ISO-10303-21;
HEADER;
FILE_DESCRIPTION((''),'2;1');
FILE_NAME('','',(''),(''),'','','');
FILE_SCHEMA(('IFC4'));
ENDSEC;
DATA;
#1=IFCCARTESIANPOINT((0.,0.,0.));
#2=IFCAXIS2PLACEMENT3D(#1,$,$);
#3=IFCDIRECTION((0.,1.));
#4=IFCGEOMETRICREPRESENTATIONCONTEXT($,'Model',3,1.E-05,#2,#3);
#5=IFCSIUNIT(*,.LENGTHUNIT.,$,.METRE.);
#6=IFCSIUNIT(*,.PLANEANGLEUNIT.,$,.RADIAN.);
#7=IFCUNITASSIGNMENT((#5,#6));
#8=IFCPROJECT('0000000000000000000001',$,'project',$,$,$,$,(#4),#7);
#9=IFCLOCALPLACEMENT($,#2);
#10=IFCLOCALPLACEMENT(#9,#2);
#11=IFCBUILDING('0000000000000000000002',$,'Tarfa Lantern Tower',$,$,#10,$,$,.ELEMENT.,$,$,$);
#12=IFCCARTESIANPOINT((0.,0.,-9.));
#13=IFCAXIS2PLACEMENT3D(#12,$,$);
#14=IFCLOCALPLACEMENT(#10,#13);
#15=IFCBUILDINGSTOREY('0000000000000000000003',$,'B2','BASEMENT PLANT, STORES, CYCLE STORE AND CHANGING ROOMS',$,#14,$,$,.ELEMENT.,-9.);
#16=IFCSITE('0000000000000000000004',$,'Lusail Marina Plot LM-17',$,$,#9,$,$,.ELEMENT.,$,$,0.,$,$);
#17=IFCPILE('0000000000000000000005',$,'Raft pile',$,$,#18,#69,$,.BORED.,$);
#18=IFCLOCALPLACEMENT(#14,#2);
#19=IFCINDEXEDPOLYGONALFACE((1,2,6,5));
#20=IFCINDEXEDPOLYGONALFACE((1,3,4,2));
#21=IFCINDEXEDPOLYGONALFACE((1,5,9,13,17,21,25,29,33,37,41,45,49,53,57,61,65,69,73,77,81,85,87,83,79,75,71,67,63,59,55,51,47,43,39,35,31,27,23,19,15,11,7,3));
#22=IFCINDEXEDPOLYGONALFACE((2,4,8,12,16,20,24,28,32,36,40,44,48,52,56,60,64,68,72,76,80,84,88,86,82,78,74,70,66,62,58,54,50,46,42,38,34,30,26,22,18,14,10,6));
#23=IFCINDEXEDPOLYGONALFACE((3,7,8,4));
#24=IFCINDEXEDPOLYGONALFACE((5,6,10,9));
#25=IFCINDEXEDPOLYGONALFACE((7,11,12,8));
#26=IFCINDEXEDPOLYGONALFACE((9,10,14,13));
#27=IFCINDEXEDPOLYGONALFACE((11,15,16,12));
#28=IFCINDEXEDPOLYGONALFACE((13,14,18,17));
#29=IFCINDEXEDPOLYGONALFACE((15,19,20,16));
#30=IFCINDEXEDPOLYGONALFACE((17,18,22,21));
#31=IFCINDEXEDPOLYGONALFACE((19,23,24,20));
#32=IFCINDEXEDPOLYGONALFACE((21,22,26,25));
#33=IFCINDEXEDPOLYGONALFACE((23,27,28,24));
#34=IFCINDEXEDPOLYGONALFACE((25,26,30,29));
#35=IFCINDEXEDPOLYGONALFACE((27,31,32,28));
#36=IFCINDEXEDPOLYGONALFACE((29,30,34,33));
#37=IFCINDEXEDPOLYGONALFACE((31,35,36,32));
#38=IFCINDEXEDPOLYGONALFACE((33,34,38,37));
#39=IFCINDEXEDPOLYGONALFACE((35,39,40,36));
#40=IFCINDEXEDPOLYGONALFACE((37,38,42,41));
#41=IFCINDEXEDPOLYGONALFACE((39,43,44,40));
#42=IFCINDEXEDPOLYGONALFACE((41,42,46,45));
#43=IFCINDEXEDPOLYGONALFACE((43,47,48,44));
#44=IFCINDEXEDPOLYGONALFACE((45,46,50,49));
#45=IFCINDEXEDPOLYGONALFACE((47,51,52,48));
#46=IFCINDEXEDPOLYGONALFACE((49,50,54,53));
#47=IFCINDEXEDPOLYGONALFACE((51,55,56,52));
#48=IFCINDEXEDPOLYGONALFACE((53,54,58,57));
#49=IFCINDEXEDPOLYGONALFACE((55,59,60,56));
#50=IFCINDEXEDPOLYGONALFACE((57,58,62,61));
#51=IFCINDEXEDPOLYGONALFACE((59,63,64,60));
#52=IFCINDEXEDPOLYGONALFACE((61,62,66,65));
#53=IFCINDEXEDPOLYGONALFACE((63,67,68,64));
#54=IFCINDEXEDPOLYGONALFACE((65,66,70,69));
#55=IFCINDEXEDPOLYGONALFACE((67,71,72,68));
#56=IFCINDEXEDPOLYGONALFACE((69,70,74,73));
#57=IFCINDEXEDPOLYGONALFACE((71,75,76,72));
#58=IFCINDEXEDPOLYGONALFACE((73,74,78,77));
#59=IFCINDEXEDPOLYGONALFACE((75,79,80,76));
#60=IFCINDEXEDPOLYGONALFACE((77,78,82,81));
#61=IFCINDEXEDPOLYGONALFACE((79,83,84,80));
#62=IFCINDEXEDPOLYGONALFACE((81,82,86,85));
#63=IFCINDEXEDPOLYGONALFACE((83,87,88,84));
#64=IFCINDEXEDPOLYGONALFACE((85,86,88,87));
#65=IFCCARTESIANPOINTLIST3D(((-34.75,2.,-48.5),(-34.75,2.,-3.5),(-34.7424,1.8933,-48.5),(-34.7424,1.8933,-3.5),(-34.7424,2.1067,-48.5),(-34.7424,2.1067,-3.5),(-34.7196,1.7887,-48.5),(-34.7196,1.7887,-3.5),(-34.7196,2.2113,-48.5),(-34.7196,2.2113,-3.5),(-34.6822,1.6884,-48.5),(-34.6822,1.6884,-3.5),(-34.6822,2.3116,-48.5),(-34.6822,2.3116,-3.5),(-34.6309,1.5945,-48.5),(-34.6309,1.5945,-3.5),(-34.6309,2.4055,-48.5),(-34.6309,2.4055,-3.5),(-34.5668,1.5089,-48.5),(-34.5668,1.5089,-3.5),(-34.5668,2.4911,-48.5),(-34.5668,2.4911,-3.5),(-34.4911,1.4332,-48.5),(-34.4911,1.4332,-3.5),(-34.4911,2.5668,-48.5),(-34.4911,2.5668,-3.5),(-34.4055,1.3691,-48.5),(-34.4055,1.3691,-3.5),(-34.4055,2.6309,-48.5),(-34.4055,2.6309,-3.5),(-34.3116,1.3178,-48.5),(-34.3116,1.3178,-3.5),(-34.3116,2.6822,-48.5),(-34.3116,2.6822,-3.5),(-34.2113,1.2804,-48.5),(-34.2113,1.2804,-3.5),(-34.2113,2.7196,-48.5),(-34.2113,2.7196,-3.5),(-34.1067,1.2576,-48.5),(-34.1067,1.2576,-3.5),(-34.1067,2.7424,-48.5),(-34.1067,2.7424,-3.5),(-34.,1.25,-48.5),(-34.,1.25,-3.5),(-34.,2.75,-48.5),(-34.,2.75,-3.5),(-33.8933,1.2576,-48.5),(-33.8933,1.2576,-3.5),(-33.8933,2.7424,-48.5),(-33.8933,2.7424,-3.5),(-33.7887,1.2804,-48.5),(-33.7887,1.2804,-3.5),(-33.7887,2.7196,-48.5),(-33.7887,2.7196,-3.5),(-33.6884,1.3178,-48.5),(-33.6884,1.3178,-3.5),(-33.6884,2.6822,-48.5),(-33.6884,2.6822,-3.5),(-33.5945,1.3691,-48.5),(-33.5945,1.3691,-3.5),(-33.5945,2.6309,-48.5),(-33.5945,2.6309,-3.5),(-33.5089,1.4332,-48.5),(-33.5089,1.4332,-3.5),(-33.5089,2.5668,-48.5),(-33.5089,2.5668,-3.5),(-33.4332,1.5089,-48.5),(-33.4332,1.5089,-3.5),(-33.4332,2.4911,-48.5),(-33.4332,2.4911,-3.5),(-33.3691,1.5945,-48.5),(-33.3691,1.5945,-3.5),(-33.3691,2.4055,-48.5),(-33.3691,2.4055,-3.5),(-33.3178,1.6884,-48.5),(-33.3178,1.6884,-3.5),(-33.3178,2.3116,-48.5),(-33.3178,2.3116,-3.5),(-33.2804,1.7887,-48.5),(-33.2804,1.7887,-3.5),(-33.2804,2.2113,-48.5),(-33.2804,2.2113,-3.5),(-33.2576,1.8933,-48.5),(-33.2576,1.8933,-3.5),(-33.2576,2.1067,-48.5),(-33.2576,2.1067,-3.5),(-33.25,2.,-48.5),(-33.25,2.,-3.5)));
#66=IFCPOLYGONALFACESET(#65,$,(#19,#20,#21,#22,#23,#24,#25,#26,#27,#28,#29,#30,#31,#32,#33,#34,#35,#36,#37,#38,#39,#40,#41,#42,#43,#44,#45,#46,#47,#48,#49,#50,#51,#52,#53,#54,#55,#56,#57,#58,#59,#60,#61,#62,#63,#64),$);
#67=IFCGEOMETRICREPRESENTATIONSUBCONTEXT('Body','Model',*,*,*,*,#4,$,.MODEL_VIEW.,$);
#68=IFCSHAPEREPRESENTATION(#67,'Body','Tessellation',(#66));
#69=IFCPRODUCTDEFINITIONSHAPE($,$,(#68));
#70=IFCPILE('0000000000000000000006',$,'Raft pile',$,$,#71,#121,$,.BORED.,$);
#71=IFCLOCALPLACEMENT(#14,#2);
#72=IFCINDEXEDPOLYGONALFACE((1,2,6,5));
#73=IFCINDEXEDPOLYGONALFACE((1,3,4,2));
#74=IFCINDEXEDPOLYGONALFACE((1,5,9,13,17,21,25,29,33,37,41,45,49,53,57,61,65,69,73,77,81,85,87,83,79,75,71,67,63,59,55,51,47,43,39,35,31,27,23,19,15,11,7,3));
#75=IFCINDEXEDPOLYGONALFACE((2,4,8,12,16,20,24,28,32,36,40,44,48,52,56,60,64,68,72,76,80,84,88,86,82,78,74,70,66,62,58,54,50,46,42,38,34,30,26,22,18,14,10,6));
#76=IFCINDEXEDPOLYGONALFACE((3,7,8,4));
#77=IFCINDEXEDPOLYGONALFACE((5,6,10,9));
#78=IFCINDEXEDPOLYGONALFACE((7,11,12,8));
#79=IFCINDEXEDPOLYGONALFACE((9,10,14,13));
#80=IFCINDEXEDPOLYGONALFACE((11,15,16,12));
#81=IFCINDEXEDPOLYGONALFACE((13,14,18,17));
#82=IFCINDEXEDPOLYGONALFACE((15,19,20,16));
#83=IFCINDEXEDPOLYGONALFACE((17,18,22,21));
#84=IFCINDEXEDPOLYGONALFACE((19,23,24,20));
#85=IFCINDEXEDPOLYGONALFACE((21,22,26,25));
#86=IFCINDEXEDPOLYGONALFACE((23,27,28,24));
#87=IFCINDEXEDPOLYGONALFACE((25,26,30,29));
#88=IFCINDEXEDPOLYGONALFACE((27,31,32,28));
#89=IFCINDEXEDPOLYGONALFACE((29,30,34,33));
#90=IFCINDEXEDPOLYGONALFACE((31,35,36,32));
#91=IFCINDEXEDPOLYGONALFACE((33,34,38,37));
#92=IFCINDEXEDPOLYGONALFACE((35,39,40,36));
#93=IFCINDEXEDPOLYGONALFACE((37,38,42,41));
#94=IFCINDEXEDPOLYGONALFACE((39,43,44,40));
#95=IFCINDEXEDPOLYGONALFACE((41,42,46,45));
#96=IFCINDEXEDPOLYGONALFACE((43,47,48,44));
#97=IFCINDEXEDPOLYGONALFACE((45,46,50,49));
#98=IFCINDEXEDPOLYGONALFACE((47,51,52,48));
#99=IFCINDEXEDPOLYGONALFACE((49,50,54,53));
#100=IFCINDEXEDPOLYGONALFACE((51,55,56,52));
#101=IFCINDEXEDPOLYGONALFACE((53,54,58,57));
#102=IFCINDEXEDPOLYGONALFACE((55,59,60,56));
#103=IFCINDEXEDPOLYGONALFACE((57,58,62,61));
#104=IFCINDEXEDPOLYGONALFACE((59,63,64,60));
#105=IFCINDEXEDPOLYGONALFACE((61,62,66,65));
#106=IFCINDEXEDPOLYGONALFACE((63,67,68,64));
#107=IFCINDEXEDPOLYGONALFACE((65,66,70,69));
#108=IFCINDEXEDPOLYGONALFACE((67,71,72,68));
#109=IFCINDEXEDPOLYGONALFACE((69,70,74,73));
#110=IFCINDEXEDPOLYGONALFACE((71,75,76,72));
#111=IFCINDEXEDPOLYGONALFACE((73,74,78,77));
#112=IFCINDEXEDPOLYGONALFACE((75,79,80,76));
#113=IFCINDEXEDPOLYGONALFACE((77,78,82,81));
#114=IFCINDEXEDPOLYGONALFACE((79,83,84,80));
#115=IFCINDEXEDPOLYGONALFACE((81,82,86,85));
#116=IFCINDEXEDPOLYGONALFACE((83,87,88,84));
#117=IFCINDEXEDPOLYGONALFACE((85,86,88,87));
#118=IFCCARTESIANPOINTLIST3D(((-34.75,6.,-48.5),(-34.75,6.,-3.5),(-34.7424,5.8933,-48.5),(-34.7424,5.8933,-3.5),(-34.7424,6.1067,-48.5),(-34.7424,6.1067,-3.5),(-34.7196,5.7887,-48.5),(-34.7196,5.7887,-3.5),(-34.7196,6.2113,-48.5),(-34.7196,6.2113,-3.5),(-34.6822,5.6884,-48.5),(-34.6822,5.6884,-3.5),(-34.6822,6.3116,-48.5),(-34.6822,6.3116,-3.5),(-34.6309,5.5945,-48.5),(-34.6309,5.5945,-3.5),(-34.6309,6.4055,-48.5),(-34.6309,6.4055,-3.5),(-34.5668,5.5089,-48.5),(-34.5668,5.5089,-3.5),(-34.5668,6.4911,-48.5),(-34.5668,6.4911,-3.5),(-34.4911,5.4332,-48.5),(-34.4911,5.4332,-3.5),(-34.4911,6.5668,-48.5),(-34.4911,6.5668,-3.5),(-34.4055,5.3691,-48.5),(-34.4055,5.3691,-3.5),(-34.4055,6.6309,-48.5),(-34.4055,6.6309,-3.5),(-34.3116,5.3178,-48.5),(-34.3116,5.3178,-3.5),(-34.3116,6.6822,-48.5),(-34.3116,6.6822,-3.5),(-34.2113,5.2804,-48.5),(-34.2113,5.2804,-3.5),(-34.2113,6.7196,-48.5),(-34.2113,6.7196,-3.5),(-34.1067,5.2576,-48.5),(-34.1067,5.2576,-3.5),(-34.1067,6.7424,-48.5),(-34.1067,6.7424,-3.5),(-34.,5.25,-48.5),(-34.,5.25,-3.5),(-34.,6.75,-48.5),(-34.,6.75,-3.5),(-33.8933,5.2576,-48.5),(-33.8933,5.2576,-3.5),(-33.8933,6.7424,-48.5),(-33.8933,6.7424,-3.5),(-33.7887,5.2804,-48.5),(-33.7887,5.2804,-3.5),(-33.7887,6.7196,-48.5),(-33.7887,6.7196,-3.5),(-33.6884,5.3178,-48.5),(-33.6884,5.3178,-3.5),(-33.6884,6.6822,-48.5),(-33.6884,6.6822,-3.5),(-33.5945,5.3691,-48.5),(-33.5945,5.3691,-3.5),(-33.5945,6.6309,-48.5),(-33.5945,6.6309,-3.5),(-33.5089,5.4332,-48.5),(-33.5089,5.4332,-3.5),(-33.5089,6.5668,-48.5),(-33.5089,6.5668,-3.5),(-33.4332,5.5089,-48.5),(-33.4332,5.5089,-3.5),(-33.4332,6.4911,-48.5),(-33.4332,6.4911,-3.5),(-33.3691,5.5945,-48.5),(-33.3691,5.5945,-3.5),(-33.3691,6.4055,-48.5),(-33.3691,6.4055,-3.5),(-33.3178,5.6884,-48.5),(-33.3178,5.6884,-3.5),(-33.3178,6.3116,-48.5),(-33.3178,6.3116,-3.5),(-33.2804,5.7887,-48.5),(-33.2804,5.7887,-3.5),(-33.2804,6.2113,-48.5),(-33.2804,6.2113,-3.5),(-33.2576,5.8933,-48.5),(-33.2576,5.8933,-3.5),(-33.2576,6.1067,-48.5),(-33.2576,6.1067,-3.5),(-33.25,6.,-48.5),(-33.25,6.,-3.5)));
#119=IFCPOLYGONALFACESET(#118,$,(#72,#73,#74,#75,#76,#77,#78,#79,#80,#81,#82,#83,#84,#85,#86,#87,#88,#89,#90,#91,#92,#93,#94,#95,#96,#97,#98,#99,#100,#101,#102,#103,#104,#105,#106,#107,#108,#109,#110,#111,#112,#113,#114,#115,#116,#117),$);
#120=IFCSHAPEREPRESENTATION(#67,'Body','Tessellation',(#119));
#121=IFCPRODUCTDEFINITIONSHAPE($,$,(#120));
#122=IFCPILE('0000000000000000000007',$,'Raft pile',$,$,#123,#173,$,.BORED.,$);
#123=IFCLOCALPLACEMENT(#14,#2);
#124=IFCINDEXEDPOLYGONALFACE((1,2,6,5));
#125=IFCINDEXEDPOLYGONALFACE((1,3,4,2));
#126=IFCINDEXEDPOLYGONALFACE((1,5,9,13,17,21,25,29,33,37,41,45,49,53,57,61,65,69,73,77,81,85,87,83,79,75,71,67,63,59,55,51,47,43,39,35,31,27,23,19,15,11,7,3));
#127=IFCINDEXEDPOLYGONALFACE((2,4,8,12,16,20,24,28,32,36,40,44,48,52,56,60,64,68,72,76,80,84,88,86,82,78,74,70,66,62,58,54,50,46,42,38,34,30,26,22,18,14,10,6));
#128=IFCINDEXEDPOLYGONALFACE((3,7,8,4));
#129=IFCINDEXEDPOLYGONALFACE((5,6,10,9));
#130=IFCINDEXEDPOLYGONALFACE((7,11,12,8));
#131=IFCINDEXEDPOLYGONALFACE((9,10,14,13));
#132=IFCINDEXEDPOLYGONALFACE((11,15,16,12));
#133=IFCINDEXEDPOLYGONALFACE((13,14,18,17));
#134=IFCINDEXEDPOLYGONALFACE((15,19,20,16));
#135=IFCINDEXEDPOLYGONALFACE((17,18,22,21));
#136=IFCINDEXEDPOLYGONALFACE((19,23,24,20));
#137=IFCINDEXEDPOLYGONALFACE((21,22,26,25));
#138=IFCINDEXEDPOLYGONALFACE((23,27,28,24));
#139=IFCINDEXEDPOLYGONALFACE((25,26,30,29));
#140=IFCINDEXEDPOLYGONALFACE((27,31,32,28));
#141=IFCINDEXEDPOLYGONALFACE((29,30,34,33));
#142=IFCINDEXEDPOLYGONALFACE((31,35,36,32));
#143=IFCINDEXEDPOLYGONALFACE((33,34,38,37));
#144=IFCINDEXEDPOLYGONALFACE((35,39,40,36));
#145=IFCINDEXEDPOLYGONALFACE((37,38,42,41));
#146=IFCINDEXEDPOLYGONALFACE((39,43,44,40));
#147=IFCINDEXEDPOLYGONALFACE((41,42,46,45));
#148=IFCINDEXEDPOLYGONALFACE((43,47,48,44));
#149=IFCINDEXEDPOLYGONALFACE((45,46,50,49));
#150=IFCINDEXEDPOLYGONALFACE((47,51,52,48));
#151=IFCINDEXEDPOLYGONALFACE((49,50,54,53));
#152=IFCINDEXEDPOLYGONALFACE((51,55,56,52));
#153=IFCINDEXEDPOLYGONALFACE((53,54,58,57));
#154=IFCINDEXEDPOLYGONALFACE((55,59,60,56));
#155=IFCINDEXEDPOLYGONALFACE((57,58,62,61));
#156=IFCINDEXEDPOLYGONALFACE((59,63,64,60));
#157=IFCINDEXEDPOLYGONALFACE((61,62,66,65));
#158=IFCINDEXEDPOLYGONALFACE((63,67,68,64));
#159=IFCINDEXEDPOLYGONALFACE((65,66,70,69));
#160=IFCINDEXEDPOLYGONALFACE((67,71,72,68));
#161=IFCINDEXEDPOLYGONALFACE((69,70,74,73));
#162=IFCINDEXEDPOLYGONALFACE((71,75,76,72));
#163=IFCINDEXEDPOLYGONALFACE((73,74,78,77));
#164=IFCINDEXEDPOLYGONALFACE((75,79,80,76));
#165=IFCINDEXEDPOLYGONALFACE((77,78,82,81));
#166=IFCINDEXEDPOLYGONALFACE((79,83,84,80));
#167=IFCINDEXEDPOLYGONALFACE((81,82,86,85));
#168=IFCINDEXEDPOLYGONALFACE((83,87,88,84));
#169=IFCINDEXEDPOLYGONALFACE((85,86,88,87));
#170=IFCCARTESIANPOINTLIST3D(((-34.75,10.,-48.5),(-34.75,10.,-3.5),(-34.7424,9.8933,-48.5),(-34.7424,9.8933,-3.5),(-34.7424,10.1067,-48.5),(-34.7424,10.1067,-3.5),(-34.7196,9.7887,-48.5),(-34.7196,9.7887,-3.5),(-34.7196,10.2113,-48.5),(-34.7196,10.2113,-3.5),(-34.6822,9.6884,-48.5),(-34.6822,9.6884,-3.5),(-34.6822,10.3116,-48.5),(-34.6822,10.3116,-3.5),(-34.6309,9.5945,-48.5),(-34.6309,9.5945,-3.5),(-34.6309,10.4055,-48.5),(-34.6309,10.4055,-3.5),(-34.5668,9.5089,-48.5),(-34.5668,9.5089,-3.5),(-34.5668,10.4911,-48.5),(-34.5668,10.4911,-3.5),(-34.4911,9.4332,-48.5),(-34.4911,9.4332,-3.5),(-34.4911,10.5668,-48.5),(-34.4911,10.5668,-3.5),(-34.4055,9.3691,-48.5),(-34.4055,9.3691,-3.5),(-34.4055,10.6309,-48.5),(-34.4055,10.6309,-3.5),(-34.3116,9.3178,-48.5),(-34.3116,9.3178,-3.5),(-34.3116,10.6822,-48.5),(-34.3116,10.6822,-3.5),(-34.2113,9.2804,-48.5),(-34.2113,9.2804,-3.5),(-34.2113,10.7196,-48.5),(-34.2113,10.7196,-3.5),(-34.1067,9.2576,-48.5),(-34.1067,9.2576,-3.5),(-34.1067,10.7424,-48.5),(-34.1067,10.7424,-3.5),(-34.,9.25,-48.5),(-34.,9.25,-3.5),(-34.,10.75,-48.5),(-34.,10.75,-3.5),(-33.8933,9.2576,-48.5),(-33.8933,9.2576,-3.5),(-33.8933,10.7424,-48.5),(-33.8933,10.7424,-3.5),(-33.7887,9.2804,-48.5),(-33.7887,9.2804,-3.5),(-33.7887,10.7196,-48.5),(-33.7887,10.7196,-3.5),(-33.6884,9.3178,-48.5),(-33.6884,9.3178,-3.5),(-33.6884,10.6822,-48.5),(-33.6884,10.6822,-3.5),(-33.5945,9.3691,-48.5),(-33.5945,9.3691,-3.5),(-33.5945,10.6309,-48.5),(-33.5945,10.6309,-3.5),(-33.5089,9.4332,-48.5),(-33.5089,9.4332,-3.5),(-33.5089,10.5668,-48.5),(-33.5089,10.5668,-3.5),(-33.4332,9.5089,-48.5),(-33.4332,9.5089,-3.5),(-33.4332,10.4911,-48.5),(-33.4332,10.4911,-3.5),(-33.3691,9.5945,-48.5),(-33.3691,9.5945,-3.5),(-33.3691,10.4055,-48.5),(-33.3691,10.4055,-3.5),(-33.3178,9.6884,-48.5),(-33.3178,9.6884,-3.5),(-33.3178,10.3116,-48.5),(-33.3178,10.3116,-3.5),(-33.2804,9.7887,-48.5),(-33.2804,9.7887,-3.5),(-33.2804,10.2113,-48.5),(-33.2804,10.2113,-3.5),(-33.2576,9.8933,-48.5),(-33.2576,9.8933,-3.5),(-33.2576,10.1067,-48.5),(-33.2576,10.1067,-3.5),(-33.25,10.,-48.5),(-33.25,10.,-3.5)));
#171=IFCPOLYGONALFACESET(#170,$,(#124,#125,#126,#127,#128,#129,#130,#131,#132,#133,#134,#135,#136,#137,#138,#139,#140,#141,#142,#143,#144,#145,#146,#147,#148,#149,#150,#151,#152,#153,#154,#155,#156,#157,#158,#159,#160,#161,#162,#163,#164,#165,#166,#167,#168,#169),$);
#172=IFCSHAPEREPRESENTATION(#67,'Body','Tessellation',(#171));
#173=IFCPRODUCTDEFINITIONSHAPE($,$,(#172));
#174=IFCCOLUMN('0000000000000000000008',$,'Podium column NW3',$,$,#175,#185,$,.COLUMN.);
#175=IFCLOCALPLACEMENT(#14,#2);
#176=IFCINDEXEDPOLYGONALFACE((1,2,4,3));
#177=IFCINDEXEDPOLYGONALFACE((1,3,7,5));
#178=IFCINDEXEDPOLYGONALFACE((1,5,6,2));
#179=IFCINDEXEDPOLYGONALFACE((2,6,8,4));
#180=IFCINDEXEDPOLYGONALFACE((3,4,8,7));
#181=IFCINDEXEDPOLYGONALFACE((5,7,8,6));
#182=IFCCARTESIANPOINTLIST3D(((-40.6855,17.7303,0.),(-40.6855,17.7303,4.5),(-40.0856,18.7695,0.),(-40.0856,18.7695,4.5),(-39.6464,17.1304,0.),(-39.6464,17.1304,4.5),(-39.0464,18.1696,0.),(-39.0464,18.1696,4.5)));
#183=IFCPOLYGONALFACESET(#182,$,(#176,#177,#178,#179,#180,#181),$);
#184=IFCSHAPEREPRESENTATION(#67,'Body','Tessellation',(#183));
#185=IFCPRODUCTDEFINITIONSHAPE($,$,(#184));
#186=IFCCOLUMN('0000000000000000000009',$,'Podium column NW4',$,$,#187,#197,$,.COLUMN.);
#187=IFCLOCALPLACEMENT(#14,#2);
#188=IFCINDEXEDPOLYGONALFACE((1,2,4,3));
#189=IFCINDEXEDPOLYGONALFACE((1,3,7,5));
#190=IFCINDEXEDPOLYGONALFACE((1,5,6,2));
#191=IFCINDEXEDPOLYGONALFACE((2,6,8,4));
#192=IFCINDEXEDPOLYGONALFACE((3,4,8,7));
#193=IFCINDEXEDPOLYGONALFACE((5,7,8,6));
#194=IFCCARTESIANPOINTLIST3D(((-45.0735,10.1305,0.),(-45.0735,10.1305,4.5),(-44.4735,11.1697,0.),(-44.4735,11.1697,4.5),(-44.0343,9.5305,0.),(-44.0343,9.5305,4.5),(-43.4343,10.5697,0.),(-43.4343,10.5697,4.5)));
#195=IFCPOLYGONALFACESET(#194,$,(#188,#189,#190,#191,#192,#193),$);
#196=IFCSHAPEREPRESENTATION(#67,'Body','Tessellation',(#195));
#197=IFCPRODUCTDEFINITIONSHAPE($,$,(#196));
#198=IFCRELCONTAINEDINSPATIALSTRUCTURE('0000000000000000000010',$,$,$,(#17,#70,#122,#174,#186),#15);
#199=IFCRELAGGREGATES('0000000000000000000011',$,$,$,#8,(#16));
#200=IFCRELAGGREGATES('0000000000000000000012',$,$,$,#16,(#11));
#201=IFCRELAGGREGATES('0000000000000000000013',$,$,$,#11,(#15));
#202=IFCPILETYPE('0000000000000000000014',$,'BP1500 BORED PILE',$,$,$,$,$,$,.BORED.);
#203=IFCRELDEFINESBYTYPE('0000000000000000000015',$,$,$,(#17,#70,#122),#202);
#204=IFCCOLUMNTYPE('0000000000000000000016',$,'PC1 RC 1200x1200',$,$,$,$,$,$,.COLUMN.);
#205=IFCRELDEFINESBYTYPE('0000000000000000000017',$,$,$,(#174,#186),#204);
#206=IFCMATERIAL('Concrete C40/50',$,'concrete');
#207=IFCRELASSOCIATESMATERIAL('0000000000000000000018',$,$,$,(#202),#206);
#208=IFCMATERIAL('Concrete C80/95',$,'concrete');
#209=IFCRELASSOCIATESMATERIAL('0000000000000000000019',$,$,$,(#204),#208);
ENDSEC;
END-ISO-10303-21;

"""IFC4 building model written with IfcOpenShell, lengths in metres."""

from ifc_helpers import new_model, si_unit, direction, frame, origin, origin_2d, place, context, subcontext, project, spatial, rectangle, circle, extrude, material, material_profile, profile_set, type_object, element, save


model = new_model("IFC4")

# Units and contexts
model_context = context("Model", 3, precision=1e-05, world=origin(), true_north=direction((0.0, 1.0)))
body_context = subcontext(model_context, "Body", "Model", "MODEL_VIEW")
ifc_project = project(units=[si_unit("LENGTHUNIT", "METRE"), si_unit("PLANEANGLEUNIT", "RADIAN")], contexts=[model_context])

# Site, building, storey
site_placement = place(None, origin())
site = spatial("IfcSite", under=ifc_project, at=site_placement, Name="Lusail Marina Plot LM-17", CompositionType="ELEMENT", RefElevation=0.0)
building_placement = place(site_placement, origin())
building = spatial("IfcBuilding", under=site, at=building_placement, Name="Tarfa Lantern Tower", CompositionType="ELEMENT")
storey_placement = place(building_placement, frame((0.0, 0.0, -9.0)))
storey = spatial("IfcBuildingStorey", under=building, at=storey_placement, Name="B2", Description="BASEMENT PLANT, STORES, CYCLE STORE AND CHANGING ROOMS", CompositionType="ELEMENT", Elevation=-9.0)

# Piles
ifc_material_1 = material(Name="Concrete C40/50", Category="concrete")
ifc_material_profile_1 = material_profile(ifc_material_1, circle(Radius=0.75, at=origin_2d()), Name="BORED PILE D1500")
ifc_profile_set_1 = profile_set([ifc_material_profile_1], Name="Concrete C40/50")
pile_type_1 = type_object("IfcPileType", Name="BP1500 BORED PILE", PredefinedType="BORED", material=ifc_profile_set_1)
for number, where, z_axis, x_axis, name in (
    (1, (-34.0, 2.0, -3.5), (0.0, 0.0, -1.0), (1.0, 0.0, 0.0), "Raft pile"),
    (2, (-34.0, 6.0, -3.5), (0.0, 0.0, -1.0), (1.0, 0.0, 0.0), "Raft pile"),
    (3, (-34.0, 10.0, -3.5), (0.0, 0.0, -1.0), (1.0, 0.0, 0.0), "Raft pile"),
):
    element("IfcPile", number, at=place(storey_placement, frame(where, z_axis=z_axis, x_axis=x_axis)), inside=storey, type_object=pile_type_1, Name=name, PredefinedType="BORED", context=body_context, shape_type="SweptSolid", body=[
        extrude(circle(Radius=0.75, at=origin_2d()), origin(), (0.0, 0.0, 1.0), 45.0),
    ])

# Columns
ifc_material_2 = material(Name="Concrete C80/95", Category="concrete")
ifc_material_profile_2 = material_profile(ifc_material_2, rectangle(XDim=1.2, YDim=1.2, at=origin_2d()), Name="RC 1200x1200")
ifc_profile_set_2 = profile_set([ifc_material_profile_2], Name="Concrete C80/95")
column_type_1 = type_object("IfcColumnType", Name="PC1 RC 1200x1200", PredefinedType="COLUMN", material=ifc_profile_set_2)
for number, where, z_axis, x_axis, name in (
    (4, (-39.866, 17.95, 0.0), (0.0, 0.0, 1.0), (-0.5, -0.866025, 0.0), "Podium column NW3"),
    (5, (-44.2539, 10.3501, 0.0), (0.0, 0.0, 1.0), (-0.5, -0.866025, 0.0), "Podium column NW4"),
):
    element("IfcColumn", number, at=place(storey_placement, frame(where, z_axis=z_axis, x_axis=x_axis)), inside=storey, type_object=column_type_1, Name=name, PredefinedType="COLUMN", context=body_context, shape_type="SweptSolid", body=[
        extrude(rectangle(XDim=1.2, YDim=1.2, at=origin_2d()), origin(), (0.0, 0.0, 1.0), 4.5),
    ])

save(model, "model.ifc")
